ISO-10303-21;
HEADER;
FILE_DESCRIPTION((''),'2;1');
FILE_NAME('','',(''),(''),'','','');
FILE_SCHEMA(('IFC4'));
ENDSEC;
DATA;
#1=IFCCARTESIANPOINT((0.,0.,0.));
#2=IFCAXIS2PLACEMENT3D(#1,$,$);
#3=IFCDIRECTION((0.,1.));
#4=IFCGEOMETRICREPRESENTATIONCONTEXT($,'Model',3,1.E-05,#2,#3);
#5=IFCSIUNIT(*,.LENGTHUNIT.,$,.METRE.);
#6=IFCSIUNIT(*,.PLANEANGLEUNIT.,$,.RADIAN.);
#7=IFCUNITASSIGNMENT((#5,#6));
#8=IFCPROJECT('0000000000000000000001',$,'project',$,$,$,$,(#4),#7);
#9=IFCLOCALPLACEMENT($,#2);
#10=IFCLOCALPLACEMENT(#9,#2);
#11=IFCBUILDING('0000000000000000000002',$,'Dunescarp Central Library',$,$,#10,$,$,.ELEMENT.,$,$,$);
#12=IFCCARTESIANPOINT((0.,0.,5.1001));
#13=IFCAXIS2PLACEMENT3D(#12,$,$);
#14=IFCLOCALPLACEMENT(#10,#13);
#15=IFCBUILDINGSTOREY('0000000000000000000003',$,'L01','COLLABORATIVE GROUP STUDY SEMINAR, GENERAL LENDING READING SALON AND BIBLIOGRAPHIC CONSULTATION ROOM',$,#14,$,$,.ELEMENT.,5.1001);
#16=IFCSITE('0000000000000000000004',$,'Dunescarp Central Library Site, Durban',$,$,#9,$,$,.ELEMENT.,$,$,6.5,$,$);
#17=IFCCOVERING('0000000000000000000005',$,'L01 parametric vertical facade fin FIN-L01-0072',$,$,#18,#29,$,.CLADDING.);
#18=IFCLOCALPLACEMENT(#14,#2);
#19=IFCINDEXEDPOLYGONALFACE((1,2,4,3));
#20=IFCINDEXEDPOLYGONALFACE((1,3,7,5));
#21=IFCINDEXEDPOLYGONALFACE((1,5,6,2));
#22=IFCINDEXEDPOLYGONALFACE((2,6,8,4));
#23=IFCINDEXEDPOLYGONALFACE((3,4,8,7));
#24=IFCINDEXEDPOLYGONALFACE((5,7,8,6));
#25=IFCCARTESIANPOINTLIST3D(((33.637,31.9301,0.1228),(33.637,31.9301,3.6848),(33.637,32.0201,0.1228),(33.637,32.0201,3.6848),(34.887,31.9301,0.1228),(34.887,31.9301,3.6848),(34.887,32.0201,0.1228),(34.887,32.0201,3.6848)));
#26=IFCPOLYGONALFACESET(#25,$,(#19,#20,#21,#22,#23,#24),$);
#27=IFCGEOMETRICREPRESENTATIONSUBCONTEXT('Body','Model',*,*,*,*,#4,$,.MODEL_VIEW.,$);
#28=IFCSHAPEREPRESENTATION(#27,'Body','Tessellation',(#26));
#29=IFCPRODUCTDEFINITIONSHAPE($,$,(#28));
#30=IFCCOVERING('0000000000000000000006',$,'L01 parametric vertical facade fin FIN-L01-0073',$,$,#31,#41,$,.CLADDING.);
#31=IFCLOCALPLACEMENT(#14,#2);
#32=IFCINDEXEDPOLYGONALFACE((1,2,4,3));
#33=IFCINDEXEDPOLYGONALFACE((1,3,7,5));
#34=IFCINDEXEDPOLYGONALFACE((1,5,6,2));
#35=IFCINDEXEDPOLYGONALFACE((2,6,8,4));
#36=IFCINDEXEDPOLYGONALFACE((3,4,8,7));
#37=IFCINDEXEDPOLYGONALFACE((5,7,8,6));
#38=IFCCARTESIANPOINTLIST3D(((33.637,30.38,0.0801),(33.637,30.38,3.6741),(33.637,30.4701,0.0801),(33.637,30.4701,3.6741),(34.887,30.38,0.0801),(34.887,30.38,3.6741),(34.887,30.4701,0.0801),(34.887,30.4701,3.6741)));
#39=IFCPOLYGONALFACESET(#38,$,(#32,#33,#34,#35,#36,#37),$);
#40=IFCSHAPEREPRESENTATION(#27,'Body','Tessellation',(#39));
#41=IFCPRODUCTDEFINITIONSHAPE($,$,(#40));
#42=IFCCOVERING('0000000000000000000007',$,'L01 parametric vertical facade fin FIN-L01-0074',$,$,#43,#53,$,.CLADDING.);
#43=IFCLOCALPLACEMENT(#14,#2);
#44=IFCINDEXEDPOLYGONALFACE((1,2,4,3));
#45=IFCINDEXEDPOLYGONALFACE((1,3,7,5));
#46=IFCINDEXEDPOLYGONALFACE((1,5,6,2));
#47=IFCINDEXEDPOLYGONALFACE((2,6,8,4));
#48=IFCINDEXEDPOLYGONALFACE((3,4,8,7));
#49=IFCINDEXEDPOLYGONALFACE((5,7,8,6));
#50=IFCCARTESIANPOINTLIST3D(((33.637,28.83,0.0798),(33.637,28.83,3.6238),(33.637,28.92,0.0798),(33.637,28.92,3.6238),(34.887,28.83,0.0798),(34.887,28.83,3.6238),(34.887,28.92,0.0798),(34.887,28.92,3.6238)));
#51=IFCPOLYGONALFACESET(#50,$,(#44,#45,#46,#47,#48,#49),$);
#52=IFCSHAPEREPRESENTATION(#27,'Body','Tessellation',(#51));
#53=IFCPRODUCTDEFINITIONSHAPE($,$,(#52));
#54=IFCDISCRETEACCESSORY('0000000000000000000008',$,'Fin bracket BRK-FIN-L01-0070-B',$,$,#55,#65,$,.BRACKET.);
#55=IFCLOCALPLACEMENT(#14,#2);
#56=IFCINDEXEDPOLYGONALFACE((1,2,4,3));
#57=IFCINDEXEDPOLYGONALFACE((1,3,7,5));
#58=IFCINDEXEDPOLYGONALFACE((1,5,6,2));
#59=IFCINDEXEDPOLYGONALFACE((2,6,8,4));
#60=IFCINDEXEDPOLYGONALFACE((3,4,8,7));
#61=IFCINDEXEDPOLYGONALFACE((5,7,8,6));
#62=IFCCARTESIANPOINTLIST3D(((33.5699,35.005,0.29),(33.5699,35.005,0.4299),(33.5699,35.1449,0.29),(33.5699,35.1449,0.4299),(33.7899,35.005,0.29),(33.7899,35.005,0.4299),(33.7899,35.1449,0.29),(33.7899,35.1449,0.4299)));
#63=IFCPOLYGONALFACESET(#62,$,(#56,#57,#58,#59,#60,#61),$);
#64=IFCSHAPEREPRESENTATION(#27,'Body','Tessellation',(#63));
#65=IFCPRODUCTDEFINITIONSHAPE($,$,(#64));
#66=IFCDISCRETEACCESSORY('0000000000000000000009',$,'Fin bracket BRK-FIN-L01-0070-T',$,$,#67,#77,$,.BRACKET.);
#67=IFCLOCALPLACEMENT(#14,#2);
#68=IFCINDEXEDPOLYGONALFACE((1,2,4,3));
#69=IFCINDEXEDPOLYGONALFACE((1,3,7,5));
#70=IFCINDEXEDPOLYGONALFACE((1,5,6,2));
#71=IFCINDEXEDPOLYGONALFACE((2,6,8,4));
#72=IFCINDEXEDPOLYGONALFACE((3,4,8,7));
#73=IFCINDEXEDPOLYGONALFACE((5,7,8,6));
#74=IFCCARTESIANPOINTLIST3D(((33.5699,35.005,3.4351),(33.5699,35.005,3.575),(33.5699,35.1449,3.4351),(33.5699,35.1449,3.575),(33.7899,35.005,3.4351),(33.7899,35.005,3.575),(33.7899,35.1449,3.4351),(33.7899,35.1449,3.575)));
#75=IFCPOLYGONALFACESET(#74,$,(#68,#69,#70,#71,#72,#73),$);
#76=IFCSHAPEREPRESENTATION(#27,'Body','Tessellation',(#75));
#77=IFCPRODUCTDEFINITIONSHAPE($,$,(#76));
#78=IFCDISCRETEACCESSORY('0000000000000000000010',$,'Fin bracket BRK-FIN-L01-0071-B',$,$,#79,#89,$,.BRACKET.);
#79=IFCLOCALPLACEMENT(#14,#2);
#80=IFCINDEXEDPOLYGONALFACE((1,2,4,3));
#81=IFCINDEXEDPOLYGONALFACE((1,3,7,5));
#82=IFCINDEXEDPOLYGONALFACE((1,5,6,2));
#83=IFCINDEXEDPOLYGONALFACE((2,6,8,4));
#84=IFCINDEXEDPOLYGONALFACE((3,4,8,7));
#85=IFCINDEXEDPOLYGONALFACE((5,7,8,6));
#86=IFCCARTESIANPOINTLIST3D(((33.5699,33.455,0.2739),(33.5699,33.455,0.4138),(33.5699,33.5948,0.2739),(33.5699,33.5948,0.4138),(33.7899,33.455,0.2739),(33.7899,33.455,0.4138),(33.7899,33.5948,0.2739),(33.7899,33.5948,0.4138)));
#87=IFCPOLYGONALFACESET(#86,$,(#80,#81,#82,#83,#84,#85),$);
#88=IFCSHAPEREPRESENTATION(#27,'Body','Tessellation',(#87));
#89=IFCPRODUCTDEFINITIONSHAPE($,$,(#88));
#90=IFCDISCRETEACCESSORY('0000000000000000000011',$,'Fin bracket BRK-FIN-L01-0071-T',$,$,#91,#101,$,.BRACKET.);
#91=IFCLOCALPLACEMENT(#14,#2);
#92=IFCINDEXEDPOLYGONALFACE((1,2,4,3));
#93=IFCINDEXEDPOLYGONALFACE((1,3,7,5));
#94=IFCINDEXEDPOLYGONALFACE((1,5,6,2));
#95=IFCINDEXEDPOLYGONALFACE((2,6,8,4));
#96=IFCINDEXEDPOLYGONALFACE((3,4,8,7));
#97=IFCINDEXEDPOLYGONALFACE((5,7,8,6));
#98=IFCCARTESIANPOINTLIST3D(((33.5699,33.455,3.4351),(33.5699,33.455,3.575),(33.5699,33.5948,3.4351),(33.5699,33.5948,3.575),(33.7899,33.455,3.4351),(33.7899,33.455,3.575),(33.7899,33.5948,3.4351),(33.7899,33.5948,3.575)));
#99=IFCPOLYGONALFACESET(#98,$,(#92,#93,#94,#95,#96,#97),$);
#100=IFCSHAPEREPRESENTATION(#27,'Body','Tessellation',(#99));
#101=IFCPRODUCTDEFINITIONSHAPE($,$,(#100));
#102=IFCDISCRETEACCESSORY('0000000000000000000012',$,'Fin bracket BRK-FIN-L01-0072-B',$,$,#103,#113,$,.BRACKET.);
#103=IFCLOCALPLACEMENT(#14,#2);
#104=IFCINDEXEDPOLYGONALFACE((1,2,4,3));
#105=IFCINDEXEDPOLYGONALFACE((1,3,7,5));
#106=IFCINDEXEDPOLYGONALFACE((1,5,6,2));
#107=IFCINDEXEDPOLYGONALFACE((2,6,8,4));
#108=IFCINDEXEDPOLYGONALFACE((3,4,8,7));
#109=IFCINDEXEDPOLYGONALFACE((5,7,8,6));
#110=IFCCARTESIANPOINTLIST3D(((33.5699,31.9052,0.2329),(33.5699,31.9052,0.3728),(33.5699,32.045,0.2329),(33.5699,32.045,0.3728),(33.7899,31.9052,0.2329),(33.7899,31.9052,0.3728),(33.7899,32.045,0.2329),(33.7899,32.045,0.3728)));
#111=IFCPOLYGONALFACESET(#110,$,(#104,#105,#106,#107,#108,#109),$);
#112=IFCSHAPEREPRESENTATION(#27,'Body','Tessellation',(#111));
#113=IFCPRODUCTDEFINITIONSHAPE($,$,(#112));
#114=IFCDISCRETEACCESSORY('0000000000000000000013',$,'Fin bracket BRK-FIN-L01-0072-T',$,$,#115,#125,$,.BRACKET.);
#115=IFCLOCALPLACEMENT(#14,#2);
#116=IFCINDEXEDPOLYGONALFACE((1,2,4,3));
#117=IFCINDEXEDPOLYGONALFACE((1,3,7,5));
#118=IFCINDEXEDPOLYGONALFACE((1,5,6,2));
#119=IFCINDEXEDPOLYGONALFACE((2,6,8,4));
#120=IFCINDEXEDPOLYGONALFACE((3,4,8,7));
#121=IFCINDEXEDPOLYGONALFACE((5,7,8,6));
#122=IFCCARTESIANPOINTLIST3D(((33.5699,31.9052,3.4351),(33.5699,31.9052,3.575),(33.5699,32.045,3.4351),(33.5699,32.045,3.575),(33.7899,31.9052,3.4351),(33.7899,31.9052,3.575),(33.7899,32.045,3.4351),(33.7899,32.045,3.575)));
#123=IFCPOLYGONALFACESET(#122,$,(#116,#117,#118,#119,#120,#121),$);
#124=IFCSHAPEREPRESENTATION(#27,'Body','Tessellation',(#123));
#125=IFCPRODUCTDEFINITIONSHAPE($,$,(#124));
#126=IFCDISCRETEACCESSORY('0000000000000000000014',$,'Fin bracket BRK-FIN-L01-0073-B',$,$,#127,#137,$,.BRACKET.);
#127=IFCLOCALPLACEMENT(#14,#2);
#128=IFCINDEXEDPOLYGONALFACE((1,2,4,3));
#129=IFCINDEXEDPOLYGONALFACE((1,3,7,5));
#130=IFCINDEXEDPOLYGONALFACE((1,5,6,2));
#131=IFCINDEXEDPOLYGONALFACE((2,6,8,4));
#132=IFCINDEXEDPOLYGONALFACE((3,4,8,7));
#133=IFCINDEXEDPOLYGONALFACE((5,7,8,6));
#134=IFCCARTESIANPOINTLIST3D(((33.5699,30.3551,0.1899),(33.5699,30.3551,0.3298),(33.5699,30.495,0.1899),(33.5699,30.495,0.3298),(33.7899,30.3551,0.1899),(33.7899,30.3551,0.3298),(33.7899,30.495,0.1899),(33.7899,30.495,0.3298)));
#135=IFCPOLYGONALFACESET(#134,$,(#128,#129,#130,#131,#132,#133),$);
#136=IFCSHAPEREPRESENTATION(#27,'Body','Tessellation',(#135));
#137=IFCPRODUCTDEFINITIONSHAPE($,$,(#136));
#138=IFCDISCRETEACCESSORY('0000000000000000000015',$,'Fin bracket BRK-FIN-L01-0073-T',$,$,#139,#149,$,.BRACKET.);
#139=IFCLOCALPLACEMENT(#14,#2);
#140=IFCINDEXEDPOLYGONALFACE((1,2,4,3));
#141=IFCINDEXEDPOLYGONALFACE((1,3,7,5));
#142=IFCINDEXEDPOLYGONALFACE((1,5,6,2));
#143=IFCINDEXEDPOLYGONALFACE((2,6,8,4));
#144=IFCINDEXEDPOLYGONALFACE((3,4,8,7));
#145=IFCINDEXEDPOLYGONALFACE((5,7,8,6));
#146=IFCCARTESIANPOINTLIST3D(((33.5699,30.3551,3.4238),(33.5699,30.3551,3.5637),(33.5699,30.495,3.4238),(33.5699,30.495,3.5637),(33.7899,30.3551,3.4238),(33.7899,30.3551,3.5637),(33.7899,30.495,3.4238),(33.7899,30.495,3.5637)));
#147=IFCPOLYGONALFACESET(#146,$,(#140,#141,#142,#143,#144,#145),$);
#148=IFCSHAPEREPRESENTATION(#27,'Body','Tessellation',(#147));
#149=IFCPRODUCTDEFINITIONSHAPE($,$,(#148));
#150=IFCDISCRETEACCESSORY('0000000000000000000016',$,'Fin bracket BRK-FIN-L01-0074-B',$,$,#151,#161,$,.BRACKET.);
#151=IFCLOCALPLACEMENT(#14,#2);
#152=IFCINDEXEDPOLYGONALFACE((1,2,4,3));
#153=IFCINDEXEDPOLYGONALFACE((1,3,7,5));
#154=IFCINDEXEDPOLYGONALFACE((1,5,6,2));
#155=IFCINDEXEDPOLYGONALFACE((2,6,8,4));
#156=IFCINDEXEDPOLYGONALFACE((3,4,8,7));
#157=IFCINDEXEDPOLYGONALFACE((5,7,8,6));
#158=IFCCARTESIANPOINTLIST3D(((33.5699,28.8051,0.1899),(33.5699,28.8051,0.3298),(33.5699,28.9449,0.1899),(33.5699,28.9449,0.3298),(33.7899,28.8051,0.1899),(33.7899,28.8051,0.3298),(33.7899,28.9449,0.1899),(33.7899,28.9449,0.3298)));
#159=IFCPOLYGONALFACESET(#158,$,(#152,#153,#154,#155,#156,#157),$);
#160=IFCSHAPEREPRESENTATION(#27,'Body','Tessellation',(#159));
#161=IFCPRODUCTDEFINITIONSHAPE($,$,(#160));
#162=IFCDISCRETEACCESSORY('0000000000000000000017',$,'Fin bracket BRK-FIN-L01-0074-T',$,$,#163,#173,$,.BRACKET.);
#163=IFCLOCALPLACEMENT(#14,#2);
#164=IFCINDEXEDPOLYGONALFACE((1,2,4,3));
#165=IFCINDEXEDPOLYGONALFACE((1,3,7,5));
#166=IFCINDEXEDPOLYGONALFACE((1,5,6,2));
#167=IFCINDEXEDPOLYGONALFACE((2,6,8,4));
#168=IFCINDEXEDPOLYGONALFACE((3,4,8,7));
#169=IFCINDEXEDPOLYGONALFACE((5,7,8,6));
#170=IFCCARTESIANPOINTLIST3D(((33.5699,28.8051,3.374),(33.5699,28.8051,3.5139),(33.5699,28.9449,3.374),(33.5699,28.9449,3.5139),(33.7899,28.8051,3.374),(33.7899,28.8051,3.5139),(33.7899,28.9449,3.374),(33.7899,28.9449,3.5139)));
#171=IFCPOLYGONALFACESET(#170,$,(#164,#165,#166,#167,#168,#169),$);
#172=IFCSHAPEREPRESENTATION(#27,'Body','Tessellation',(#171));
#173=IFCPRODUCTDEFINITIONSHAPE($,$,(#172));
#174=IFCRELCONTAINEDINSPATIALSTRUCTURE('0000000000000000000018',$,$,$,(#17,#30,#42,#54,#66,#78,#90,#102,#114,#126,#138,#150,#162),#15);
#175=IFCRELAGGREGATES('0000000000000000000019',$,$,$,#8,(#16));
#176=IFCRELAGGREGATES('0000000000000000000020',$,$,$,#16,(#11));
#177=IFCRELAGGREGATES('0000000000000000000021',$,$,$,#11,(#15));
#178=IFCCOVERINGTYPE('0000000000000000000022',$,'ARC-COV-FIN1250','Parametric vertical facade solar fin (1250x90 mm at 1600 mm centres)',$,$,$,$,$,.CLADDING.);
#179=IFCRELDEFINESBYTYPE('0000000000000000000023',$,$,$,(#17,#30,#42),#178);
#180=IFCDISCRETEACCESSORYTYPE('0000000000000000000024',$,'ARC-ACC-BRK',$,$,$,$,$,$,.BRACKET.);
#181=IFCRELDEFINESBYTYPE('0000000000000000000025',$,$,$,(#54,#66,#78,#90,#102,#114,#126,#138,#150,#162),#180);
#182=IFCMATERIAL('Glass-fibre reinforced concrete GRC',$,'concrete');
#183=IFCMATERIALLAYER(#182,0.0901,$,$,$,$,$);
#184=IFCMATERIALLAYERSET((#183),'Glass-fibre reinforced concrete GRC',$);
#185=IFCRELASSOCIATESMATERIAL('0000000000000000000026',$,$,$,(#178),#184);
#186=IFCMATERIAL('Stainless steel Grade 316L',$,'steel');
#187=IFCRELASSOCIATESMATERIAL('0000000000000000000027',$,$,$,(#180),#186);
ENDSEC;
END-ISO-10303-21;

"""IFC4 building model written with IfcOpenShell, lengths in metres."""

from ifc_helpers import new_model, si_unit, direction, frame, origin, origin_2d, place, context, subcontext, project, spatial, rectangle, extrude, material, layer, layer_set, type_object, element, save


model = new_model("IFC4")

# Units and contexts
model_context = context("Model", 3, precision=1e-05, world=origin(), true_north=direction((0.0, 1.0)))
body_context = subcontext(model_context, "Body", "Model", "MODEL_VIEW")
ifc_project = project(units=[si_unit("LENGTHUNIT", "METRE"), si_unit("PLANEANGLEUNIT", "RADIAN")], contexts=[model_context])

# Site, building, storey
site_placement = place(None, origin())
site = spatial("IfcSite", under=ifc_project, at=site_placement, Name="Dunescarp Central Library Site, Durban", CompositionType="ELEMENT", RefElevation=6.5)
building_placement = place(site_placement, origin())
building = spatial("IfcBuilding", under=site, at=building_placement, Name="Dunescarp Central Library", CompositionType="ELEMENT")
storey_placement = place(building_placement, frame((0.0, 0.0, 5.1001)))
storey = spatial("IfcBuildingStorey", under=building, at=storey_placement, Name="L01", Description="COLLABORATIVE GROUP STUDY SEMINAR, GENERAL LENDING READING SALON AND BIBLIOGRAPHIC CONSULTATION ROOM", CompositionType="ELEMENT", Elevation=5.1001)

# Coverings
ifc_material_1 = material(Name="Glass-fibre reinforced concrete GRC", Category="concrete")
ifc_layer_1 = layer(ifc_material_1, 0.0901)
ifc_layer_set_1 = layer_set([ifc_layer_1], Name="Glass-fibre reinforced concrete GRC")
covering_type = type_object("IfcCoveringType", Name="ARC-COV-FIN1250", Description="Parametric vertical facade solar fin (1250x90 mm at 1600 mm centres)", PredefinedType="CLADDING", material=ifc_layer_set_1)
covering_1_placement = place(storey_placement, frame((34.262, 31.9751, 0.1228), z_axis=(0.0, 0.0, 1.0), x_axis=(1.0, 0.0, 0.0)))
element("IfcCovering", 1, at=covering_1_placement, inside=storey, type_object=covering_type, Name="L01 parametric vertical facade fin FIN-L01-0072", PredefinedType="CLADDING", context=body_context, shape_type="SweptSolid", body=[
    extrude(rectangle(XDim=1.25, YDim=0.0901, at=origin_2d()), origin(), (0.0, 0.0, 1.0), 3.562),
])
covering_2_placement = place(storey_placement, frame((34.262, 30.425, 0.0801), z_axis=(0.0, 0.0, 1.0), x_axis=(1.0, 0.0, 0.0)))
element("IfcCovering", 2, at=covering_2_placement, inside=storey, type_object=covering_type, Name="L01 parametric vertical facade fin FIN-L01-0073", PredefinedType="CLADDING", context=body_context, shape_type="SweptSolid", body=[
    extrude(rectangle(XDim=1.25, YDim=0.0901, at=origin_2d()), origin(), (0.0, 0.0, 1.0), 3.594),
])
covering_3_placement = place(storey_placement, frame((34.262, 28.875, 0.0798), z_axis=(0.0, 0.0, 1.0), x_axis=(1.0, 0.0, 0.0)))
element("IfcCovering", 3, at=covering_3_placement, inside=storey, type_object=covering_type, Name="L01 parametric vertical facade fin FIN-L01-0074", PredefinedType="CLADDING", context=body_context, shape_type="SweptSolid", body=[
    extrude(rectangle(XDim=1.25, YDim=0.0901, at=origin_2d()), origin(), (0.0, 0.0, 1.0), 3.5439),
])

# Discrete accessories
ifc_material_2 = material(Name="Stainless steel Grade 316L", Category="steel")
discrete_accessory_type = type_object("IfcDiscreteAccessoryType", Name="ARC-ACC-BRK", PredefinedType="BRACKET", material=ifc_material_2)
for number, where, z_axis, x_axis, name in (
    (4, (33.6799, 35.075, 0.29), (0.0, 0.0, 1.0), (1.0, 0.0, 0.0), "Fin bracket BRK-FIN-L01-0070-B"),
    (5, (33.6799, 35.075, 3.4351), (0.0, 0.0, 1.0), (1.0, 0.0, 0.0), "Fin bracket BRK-FIN-L01-0070-T"),
    (6, (33.6799, 33.5249, 0.2739), (0.0, 0.0, 1.0), (1.0, 0.0, 0.0), "Fin bracket BRK-FIN-L01-0071-B"),
    (7, (33.6799, 33.5249, 3.4351), (0.0, 0.0, 1.0), (1.0, 0.0, 0.0), "Fin bracket BRK-FIN-L01-0071-T"),
    (8, (33.6799, 31.9751, 0.2329), (0.0, 0.0, 1.0), (1.0, 0.0, 0.0), "Fin bracket BRK-FIN-L01-0072-B"),
    (9, (33.6799, 31.9751, 3.4351), (0.0, 0.0, 1.0), (1.0, 0.0, 0.0), "Fin bracket BRK-FIN-L01-0072-T"),
    (10, (33.6799, 30.425, 0.1899), (0.0, 0.0, 1.0), (1.0, 0.0, 0.0), "Fin bracket BRK-FIN-L01-0073-B"),
    (11, (33.6799, 30.425, 3.4238), (0.0, 0.0, 1.0), (1.0, 0.0, 0.0), "Fin bracket BRK-FIN-L01-0073-T"),
    (12, (33.6799, 28.875, 0.1899), (0.0, 0.0, 1.0), (1.0, 0.0, 0.0), "Fin bracket BRK-FIN-L01-0074-B"),
    (13, (33.6799, 28.875, 3.374), (0.0, 0.0, 1.0), (1.0, 0.0, 0.0), "Fin bracket BRK-FIN-L01-0074-T"),
):
    element("IfcDiscreteAccessory", number, at=place(storey_placement, frame(where, z_axis=z_axis, x_axis=x_axis)), inside=storey, type_object=discrete_accessory_type, Name=name, PredefinedType="BRACKET", context=body_context, shape_type="SweptSolid", body=[
        extrude(rectangle(XDim=0.22, YDim=0.1399, at=origin_2d()), origin(), (0.0, 0.0, 1.0), 0.1399),
    ])

save(model, "model.ifc")
